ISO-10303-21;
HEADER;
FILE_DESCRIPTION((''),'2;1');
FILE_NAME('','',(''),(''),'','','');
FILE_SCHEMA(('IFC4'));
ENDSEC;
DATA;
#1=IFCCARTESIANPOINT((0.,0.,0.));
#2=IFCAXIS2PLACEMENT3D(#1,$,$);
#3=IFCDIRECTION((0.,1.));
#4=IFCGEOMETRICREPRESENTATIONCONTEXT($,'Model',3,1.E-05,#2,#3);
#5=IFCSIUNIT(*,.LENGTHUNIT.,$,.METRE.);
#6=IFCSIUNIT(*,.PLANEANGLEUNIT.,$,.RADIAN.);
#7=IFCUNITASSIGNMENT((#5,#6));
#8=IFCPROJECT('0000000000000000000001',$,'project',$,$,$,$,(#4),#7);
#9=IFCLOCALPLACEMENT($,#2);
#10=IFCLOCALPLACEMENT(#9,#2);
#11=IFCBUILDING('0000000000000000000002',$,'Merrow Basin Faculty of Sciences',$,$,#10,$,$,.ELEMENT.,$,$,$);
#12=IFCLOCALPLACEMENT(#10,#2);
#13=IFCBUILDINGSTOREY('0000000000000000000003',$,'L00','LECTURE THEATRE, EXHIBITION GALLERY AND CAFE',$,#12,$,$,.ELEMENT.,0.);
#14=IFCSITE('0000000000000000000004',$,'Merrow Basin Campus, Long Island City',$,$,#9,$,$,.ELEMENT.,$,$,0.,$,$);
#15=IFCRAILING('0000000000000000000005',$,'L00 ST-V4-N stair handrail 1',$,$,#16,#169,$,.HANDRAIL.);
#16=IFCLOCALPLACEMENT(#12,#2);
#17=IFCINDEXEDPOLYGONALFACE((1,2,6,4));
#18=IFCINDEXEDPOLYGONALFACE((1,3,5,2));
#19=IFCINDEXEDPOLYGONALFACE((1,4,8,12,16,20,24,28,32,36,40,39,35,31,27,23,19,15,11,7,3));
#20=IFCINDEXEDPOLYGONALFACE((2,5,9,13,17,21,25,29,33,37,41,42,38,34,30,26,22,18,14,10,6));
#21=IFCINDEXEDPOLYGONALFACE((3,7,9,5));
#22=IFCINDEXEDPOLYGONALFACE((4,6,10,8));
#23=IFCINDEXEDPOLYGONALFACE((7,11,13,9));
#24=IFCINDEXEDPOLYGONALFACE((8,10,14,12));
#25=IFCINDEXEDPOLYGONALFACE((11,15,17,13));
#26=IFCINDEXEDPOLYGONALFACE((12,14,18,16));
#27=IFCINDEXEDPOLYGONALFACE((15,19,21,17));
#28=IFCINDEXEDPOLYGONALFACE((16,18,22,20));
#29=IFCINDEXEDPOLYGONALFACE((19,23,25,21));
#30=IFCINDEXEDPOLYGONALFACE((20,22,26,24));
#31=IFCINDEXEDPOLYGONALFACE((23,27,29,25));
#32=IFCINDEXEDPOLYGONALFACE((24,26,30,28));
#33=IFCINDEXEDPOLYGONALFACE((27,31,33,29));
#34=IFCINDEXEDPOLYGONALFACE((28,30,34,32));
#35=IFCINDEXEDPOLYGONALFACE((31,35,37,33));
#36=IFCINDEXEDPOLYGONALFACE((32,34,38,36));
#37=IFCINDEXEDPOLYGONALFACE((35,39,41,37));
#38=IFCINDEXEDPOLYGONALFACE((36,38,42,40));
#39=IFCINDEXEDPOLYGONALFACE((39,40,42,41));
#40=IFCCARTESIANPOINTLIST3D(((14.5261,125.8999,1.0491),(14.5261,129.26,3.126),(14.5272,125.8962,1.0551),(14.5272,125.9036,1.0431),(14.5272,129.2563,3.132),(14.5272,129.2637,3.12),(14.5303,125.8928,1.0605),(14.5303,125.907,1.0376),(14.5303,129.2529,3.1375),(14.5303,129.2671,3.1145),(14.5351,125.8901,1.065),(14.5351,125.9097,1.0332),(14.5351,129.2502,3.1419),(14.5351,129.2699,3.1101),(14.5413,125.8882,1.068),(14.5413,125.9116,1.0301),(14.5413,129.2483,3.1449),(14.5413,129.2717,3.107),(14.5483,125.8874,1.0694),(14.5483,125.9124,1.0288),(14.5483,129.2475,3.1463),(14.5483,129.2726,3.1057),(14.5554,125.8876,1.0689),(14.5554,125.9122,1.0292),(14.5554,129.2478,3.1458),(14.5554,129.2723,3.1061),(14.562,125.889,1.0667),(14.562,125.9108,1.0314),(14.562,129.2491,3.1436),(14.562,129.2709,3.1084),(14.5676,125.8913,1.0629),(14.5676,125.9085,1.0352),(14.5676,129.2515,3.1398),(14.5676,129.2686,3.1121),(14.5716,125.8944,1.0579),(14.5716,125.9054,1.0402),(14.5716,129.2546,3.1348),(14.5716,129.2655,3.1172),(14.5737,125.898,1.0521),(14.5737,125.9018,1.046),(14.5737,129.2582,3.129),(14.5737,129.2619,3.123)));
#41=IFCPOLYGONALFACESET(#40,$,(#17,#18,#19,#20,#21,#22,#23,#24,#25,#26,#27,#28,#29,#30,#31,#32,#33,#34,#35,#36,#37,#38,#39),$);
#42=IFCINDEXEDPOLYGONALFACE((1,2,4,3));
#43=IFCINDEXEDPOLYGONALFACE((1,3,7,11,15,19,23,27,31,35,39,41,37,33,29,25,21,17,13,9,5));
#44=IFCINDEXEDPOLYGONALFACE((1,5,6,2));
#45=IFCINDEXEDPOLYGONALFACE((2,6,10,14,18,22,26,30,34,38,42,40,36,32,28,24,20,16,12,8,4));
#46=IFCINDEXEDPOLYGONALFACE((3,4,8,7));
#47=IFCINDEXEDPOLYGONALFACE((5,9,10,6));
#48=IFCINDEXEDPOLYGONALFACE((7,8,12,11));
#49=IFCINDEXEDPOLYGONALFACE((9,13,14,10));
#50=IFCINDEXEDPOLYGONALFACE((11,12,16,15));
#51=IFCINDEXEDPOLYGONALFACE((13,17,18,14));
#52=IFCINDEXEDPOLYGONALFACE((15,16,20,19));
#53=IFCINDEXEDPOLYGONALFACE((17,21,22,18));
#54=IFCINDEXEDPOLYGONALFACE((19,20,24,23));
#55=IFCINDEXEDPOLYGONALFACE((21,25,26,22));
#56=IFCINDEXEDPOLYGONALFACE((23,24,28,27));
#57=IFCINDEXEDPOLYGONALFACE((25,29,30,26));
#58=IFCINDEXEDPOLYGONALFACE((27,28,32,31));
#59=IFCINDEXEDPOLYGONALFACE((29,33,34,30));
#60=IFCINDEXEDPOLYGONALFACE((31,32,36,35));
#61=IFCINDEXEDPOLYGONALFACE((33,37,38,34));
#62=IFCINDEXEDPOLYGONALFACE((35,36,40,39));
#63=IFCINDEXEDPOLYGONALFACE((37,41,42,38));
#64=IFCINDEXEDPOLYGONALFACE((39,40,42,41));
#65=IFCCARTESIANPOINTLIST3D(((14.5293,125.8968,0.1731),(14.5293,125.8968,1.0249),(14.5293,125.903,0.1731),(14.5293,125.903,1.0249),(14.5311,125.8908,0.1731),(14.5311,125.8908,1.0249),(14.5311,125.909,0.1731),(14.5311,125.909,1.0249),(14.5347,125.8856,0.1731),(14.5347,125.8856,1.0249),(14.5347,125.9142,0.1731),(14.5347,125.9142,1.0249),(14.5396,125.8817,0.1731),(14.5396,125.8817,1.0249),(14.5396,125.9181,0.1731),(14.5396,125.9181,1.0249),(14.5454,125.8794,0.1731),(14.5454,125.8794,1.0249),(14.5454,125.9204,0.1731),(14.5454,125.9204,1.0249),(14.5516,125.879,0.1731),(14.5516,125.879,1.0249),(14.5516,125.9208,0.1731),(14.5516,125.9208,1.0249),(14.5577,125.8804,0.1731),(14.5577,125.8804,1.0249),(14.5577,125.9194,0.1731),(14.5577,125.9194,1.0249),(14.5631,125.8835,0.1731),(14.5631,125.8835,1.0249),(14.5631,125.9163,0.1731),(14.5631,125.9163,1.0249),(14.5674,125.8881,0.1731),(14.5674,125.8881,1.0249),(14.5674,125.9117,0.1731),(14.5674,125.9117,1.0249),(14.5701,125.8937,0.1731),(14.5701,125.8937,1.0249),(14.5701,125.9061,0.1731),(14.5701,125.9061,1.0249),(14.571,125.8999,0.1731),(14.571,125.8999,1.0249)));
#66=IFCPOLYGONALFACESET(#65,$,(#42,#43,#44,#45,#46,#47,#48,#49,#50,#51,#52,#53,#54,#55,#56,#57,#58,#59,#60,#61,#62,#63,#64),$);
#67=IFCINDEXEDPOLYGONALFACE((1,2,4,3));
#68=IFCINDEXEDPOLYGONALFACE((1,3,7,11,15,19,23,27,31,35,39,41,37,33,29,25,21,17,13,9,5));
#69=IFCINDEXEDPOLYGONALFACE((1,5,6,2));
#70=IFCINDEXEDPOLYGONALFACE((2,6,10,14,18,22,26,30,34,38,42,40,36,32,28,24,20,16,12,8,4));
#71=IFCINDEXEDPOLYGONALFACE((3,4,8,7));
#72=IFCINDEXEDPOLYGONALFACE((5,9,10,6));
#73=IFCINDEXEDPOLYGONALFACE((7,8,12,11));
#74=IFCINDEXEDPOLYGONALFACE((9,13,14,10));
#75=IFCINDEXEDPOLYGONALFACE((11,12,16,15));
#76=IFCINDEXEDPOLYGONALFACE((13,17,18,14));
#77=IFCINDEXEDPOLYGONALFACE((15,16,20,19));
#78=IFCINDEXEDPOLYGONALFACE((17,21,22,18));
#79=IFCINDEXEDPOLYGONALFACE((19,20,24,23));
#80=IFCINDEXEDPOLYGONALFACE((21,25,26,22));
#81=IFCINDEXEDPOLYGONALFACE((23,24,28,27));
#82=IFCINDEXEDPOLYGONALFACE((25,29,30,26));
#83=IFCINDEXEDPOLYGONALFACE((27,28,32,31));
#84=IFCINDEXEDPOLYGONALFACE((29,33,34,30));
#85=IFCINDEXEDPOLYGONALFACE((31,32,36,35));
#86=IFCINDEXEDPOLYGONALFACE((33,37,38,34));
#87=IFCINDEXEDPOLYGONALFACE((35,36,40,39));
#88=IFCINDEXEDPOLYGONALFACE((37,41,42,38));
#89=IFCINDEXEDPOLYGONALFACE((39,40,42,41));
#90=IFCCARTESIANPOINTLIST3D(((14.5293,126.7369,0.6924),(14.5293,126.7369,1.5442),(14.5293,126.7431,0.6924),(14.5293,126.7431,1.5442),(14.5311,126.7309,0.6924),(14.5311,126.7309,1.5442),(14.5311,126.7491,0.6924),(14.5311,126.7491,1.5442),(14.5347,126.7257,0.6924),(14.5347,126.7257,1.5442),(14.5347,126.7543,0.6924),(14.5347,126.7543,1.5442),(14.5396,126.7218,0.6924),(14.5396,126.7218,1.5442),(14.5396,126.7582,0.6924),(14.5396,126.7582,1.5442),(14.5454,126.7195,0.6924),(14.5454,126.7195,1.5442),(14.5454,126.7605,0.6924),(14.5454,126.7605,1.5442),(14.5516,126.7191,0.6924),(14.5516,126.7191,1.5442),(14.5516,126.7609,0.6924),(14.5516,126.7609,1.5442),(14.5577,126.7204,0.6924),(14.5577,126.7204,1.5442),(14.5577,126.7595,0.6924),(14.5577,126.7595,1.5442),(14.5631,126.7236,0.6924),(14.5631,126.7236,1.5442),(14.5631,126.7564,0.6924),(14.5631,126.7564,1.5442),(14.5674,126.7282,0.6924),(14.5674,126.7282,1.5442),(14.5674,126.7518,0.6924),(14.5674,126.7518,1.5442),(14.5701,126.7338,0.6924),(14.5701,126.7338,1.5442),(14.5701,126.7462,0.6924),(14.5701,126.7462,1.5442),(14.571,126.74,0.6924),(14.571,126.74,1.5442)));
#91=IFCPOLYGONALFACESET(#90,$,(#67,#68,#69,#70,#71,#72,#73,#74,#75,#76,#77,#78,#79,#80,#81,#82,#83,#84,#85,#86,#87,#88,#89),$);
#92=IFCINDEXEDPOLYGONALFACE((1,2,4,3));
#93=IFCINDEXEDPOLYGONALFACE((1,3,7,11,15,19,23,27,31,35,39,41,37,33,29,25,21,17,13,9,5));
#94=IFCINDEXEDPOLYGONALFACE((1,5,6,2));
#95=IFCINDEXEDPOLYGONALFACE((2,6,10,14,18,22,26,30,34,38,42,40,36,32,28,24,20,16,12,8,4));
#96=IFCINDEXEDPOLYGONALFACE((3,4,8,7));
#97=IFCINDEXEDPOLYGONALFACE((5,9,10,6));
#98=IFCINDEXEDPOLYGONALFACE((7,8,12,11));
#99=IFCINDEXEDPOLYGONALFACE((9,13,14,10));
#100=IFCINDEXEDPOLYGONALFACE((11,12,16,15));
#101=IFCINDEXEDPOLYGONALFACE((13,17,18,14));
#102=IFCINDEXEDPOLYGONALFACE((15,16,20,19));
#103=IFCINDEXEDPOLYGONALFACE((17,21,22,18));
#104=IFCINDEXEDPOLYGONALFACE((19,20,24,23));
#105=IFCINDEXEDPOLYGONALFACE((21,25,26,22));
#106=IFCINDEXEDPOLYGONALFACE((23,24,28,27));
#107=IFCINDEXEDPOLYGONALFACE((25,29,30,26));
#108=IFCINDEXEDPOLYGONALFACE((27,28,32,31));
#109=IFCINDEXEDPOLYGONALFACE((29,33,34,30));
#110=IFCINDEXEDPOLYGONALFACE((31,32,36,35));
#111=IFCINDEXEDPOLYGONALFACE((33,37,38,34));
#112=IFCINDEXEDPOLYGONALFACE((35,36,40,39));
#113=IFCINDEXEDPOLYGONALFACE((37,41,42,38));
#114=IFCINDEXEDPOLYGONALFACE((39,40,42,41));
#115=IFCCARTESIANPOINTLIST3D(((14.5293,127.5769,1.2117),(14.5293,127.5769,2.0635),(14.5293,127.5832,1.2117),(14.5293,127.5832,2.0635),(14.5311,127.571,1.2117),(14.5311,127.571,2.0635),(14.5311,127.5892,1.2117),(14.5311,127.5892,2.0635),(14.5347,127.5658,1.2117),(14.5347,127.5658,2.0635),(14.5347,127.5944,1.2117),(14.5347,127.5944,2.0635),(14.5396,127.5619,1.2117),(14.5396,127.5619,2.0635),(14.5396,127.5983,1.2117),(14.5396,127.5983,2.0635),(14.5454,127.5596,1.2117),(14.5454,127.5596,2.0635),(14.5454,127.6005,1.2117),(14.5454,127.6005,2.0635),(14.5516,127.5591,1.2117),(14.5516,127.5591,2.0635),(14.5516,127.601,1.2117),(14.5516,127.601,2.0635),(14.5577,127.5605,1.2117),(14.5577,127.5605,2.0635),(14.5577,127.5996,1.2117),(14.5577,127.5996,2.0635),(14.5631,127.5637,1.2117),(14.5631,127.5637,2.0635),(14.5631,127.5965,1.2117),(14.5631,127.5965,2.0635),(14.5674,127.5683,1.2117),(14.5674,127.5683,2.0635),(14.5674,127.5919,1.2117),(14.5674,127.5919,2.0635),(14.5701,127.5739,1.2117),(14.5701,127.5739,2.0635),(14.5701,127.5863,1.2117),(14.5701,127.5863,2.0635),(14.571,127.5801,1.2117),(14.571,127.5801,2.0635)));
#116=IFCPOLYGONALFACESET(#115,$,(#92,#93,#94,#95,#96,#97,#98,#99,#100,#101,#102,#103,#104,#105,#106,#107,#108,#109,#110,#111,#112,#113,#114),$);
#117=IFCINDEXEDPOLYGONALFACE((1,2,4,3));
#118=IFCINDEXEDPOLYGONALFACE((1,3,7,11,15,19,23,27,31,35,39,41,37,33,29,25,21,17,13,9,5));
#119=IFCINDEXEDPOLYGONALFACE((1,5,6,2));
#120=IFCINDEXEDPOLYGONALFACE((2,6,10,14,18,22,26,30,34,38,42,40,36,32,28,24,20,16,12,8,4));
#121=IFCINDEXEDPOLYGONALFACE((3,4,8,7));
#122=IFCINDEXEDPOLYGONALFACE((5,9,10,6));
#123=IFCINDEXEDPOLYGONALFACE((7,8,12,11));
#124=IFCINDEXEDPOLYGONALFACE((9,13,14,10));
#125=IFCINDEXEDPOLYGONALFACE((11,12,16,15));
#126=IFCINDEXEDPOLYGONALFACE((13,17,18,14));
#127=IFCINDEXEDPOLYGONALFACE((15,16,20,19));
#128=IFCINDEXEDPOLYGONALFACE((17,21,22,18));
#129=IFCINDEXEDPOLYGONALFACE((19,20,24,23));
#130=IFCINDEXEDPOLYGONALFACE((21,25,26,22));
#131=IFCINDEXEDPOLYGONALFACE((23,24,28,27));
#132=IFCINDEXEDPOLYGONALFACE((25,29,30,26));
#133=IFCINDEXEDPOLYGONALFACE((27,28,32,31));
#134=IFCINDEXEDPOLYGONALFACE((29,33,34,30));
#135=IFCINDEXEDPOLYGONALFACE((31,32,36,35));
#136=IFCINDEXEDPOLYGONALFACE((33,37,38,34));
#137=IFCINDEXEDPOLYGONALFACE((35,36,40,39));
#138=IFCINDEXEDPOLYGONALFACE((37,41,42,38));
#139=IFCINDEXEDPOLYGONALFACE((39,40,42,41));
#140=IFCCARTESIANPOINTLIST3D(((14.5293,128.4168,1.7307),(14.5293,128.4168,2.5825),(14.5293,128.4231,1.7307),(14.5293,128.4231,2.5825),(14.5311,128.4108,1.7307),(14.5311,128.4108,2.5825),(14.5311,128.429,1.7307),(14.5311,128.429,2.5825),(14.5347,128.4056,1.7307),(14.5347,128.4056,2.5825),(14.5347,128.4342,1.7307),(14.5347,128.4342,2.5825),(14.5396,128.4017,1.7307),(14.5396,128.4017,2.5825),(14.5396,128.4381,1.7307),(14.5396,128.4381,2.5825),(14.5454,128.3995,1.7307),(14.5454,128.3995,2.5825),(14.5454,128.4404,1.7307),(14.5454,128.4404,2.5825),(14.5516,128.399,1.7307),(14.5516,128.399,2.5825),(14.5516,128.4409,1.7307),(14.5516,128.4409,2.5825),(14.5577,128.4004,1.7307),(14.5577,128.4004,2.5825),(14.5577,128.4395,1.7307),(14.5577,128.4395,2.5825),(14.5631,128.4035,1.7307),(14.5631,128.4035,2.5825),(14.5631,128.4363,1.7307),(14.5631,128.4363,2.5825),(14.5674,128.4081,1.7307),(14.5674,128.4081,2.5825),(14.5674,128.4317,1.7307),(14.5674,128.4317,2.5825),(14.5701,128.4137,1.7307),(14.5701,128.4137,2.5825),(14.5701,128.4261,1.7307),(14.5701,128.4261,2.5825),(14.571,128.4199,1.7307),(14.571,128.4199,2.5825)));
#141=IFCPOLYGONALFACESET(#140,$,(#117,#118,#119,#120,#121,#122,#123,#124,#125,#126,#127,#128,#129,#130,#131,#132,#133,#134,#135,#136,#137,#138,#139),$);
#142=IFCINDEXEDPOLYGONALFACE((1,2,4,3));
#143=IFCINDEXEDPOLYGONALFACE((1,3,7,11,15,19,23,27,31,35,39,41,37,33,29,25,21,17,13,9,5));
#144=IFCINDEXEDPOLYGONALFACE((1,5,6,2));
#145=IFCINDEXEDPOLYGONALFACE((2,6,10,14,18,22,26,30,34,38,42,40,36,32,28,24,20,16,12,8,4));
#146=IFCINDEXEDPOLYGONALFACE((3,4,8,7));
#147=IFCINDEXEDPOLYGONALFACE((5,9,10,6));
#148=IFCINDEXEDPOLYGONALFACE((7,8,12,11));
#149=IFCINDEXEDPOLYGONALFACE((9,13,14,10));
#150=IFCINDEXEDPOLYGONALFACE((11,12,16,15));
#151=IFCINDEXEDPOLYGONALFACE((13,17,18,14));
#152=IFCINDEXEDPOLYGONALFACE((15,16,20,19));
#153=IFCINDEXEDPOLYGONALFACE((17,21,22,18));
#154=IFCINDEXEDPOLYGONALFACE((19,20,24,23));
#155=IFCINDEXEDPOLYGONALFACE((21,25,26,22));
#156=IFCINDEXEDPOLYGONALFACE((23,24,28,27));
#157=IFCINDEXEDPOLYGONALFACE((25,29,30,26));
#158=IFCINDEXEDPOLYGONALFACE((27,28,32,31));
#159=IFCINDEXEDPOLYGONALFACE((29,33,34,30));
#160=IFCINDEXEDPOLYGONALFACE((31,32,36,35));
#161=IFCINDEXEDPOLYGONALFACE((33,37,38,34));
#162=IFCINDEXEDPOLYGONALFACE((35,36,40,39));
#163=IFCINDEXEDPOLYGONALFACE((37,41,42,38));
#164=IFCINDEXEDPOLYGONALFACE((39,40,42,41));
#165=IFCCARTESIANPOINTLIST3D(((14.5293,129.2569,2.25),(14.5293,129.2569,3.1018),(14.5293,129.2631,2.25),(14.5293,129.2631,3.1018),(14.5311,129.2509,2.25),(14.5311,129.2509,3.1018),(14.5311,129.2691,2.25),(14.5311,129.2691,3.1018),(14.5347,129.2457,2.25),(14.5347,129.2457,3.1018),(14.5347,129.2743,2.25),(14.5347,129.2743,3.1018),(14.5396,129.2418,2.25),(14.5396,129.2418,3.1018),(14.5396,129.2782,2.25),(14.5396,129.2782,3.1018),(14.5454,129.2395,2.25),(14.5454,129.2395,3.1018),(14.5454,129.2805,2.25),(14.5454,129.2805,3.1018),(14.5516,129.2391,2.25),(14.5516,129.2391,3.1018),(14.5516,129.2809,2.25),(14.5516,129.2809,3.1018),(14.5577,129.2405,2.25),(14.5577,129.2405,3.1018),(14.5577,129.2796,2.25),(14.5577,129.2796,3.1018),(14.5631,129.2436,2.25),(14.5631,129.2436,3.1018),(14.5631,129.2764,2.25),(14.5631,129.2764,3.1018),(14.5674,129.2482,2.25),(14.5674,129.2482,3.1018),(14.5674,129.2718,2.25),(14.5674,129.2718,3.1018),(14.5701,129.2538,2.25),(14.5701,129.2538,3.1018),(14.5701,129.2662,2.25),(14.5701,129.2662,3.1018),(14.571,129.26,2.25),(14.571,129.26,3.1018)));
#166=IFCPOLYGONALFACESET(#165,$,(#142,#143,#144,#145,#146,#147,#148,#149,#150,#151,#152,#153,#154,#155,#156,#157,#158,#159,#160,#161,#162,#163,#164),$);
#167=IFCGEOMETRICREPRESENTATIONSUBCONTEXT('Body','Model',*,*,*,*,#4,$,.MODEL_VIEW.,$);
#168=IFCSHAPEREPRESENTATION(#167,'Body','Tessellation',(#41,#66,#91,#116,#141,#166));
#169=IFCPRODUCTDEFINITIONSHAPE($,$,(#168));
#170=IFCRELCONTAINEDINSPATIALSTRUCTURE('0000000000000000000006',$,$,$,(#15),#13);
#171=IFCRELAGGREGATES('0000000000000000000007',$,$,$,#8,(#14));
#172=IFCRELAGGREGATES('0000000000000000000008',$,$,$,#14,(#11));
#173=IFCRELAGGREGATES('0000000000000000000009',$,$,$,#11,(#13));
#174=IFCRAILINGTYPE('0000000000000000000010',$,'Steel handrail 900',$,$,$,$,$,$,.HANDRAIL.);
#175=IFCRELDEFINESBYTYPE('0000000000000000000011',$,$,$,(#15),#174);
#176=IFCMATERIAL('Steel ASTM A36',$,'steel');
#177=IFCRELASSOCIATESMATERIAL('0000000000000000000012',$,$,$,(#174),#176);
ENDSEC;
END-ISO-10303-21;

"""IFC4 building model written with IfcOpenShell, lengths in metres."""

from ifc_helpers import new_model, si_unit, direction, frame, origin, origin_2d, place, context, subcontext, project, spatial, circle, extrude, material, type_object, element, save


model = new_model("IFC4")

# Units and contexts
model_context = context("Model", 3, precision=1e-05, world=origin(), true_north=direction((0.0, 1.0)))
body_context = subcontext(model_context, "Body", "Model", "MODEL_VIEW")
ifc_project = project(units=[si_unit("LENGTHUNIT", "METRE"), si_unit("PLANEANGLEUNIT", "RADIAN")], contexts=[model_context])

# Site, building, storey
site_placement = place(None, origin())
site = spatial("IfcSite", under=ifc_project, at=site_placement, Name="Merrow Basin Campus, Long Island City", CompositionType="ELEMENT", RefElevation=0.0)
building_placement = place(site_placement, origin())
building = spatial("IfcBuilding", under=site, at=building_placement, Name="Merrow Basin Faculty of Sciences", CompositionType="ELEMENT")
storey_placement = place(building_placement, origin())
storey = spatial("IfcBuildingStorey", under=building, at=storey_placement, Name="L00", Description="LECTURE THEATRE, EXHIBITION GALLERY AND CAFE", CompositionType="ELEMENT", Elevation=0.0)

# Railing
ifc_material_1 = material(Name="Steel ASTM A36", Category="steel")
railing_type_1 = type_object("IfcRailingType", Name="Steel handrail 900", PredefinedType="HANDRAIL", material=ifc_material_1)
railing_1_placement = place(storey_placement, frame((14.55, 125.8999, 0.1731)))
element("IfcRailing", 1, at=railing_1_placement, inside=storey, type_object=railing_type_1, Name="L00 ST-V4-N stair handrail 1", PredefinedType="HANDRAIL", context=body_context, shape_type="SweptSolid", body=[
    extrude(circle(Radius=0.0239, at=origin_2d()), frame((0.0, 0.0, 0.876), z_axis=(0.0, 0.850623, 0.525776), x_axis=(-1.0, 0.0, 0.0)), (0.0, 0.0, 1.0), 3.9502),
    extrude(circle(Radius=0.021, at=origin_2d()), origin(), (0.0, 0.0, 1.0), 0.8518),
    extrude(circle(Radius=0.021, at=origin_2d()), frame((0.0, 0.8401, 0.5193)), (0.0, 0.0, 1.0), 0.8518),
    extrude(circle(Radius=0.021, at=origin_2d()), frame((0.0, 1.6802, 1.0386)), (0.0, 0.0, 1.0), 0.8518),
    extrude(circle(Radius=0.021, at=origin_2d()), frame((0.0, 2.52, 1.5576)), (0.0, 0.0, 1.0), 0.8518),
    extrude(circle(Radius=0.021, at=origin_2d()), frame((0.0, 3.3601, 2.0769)), (0.0, 0.0, 1.0), 0.8518),
])

save(model, "model.ifc")
